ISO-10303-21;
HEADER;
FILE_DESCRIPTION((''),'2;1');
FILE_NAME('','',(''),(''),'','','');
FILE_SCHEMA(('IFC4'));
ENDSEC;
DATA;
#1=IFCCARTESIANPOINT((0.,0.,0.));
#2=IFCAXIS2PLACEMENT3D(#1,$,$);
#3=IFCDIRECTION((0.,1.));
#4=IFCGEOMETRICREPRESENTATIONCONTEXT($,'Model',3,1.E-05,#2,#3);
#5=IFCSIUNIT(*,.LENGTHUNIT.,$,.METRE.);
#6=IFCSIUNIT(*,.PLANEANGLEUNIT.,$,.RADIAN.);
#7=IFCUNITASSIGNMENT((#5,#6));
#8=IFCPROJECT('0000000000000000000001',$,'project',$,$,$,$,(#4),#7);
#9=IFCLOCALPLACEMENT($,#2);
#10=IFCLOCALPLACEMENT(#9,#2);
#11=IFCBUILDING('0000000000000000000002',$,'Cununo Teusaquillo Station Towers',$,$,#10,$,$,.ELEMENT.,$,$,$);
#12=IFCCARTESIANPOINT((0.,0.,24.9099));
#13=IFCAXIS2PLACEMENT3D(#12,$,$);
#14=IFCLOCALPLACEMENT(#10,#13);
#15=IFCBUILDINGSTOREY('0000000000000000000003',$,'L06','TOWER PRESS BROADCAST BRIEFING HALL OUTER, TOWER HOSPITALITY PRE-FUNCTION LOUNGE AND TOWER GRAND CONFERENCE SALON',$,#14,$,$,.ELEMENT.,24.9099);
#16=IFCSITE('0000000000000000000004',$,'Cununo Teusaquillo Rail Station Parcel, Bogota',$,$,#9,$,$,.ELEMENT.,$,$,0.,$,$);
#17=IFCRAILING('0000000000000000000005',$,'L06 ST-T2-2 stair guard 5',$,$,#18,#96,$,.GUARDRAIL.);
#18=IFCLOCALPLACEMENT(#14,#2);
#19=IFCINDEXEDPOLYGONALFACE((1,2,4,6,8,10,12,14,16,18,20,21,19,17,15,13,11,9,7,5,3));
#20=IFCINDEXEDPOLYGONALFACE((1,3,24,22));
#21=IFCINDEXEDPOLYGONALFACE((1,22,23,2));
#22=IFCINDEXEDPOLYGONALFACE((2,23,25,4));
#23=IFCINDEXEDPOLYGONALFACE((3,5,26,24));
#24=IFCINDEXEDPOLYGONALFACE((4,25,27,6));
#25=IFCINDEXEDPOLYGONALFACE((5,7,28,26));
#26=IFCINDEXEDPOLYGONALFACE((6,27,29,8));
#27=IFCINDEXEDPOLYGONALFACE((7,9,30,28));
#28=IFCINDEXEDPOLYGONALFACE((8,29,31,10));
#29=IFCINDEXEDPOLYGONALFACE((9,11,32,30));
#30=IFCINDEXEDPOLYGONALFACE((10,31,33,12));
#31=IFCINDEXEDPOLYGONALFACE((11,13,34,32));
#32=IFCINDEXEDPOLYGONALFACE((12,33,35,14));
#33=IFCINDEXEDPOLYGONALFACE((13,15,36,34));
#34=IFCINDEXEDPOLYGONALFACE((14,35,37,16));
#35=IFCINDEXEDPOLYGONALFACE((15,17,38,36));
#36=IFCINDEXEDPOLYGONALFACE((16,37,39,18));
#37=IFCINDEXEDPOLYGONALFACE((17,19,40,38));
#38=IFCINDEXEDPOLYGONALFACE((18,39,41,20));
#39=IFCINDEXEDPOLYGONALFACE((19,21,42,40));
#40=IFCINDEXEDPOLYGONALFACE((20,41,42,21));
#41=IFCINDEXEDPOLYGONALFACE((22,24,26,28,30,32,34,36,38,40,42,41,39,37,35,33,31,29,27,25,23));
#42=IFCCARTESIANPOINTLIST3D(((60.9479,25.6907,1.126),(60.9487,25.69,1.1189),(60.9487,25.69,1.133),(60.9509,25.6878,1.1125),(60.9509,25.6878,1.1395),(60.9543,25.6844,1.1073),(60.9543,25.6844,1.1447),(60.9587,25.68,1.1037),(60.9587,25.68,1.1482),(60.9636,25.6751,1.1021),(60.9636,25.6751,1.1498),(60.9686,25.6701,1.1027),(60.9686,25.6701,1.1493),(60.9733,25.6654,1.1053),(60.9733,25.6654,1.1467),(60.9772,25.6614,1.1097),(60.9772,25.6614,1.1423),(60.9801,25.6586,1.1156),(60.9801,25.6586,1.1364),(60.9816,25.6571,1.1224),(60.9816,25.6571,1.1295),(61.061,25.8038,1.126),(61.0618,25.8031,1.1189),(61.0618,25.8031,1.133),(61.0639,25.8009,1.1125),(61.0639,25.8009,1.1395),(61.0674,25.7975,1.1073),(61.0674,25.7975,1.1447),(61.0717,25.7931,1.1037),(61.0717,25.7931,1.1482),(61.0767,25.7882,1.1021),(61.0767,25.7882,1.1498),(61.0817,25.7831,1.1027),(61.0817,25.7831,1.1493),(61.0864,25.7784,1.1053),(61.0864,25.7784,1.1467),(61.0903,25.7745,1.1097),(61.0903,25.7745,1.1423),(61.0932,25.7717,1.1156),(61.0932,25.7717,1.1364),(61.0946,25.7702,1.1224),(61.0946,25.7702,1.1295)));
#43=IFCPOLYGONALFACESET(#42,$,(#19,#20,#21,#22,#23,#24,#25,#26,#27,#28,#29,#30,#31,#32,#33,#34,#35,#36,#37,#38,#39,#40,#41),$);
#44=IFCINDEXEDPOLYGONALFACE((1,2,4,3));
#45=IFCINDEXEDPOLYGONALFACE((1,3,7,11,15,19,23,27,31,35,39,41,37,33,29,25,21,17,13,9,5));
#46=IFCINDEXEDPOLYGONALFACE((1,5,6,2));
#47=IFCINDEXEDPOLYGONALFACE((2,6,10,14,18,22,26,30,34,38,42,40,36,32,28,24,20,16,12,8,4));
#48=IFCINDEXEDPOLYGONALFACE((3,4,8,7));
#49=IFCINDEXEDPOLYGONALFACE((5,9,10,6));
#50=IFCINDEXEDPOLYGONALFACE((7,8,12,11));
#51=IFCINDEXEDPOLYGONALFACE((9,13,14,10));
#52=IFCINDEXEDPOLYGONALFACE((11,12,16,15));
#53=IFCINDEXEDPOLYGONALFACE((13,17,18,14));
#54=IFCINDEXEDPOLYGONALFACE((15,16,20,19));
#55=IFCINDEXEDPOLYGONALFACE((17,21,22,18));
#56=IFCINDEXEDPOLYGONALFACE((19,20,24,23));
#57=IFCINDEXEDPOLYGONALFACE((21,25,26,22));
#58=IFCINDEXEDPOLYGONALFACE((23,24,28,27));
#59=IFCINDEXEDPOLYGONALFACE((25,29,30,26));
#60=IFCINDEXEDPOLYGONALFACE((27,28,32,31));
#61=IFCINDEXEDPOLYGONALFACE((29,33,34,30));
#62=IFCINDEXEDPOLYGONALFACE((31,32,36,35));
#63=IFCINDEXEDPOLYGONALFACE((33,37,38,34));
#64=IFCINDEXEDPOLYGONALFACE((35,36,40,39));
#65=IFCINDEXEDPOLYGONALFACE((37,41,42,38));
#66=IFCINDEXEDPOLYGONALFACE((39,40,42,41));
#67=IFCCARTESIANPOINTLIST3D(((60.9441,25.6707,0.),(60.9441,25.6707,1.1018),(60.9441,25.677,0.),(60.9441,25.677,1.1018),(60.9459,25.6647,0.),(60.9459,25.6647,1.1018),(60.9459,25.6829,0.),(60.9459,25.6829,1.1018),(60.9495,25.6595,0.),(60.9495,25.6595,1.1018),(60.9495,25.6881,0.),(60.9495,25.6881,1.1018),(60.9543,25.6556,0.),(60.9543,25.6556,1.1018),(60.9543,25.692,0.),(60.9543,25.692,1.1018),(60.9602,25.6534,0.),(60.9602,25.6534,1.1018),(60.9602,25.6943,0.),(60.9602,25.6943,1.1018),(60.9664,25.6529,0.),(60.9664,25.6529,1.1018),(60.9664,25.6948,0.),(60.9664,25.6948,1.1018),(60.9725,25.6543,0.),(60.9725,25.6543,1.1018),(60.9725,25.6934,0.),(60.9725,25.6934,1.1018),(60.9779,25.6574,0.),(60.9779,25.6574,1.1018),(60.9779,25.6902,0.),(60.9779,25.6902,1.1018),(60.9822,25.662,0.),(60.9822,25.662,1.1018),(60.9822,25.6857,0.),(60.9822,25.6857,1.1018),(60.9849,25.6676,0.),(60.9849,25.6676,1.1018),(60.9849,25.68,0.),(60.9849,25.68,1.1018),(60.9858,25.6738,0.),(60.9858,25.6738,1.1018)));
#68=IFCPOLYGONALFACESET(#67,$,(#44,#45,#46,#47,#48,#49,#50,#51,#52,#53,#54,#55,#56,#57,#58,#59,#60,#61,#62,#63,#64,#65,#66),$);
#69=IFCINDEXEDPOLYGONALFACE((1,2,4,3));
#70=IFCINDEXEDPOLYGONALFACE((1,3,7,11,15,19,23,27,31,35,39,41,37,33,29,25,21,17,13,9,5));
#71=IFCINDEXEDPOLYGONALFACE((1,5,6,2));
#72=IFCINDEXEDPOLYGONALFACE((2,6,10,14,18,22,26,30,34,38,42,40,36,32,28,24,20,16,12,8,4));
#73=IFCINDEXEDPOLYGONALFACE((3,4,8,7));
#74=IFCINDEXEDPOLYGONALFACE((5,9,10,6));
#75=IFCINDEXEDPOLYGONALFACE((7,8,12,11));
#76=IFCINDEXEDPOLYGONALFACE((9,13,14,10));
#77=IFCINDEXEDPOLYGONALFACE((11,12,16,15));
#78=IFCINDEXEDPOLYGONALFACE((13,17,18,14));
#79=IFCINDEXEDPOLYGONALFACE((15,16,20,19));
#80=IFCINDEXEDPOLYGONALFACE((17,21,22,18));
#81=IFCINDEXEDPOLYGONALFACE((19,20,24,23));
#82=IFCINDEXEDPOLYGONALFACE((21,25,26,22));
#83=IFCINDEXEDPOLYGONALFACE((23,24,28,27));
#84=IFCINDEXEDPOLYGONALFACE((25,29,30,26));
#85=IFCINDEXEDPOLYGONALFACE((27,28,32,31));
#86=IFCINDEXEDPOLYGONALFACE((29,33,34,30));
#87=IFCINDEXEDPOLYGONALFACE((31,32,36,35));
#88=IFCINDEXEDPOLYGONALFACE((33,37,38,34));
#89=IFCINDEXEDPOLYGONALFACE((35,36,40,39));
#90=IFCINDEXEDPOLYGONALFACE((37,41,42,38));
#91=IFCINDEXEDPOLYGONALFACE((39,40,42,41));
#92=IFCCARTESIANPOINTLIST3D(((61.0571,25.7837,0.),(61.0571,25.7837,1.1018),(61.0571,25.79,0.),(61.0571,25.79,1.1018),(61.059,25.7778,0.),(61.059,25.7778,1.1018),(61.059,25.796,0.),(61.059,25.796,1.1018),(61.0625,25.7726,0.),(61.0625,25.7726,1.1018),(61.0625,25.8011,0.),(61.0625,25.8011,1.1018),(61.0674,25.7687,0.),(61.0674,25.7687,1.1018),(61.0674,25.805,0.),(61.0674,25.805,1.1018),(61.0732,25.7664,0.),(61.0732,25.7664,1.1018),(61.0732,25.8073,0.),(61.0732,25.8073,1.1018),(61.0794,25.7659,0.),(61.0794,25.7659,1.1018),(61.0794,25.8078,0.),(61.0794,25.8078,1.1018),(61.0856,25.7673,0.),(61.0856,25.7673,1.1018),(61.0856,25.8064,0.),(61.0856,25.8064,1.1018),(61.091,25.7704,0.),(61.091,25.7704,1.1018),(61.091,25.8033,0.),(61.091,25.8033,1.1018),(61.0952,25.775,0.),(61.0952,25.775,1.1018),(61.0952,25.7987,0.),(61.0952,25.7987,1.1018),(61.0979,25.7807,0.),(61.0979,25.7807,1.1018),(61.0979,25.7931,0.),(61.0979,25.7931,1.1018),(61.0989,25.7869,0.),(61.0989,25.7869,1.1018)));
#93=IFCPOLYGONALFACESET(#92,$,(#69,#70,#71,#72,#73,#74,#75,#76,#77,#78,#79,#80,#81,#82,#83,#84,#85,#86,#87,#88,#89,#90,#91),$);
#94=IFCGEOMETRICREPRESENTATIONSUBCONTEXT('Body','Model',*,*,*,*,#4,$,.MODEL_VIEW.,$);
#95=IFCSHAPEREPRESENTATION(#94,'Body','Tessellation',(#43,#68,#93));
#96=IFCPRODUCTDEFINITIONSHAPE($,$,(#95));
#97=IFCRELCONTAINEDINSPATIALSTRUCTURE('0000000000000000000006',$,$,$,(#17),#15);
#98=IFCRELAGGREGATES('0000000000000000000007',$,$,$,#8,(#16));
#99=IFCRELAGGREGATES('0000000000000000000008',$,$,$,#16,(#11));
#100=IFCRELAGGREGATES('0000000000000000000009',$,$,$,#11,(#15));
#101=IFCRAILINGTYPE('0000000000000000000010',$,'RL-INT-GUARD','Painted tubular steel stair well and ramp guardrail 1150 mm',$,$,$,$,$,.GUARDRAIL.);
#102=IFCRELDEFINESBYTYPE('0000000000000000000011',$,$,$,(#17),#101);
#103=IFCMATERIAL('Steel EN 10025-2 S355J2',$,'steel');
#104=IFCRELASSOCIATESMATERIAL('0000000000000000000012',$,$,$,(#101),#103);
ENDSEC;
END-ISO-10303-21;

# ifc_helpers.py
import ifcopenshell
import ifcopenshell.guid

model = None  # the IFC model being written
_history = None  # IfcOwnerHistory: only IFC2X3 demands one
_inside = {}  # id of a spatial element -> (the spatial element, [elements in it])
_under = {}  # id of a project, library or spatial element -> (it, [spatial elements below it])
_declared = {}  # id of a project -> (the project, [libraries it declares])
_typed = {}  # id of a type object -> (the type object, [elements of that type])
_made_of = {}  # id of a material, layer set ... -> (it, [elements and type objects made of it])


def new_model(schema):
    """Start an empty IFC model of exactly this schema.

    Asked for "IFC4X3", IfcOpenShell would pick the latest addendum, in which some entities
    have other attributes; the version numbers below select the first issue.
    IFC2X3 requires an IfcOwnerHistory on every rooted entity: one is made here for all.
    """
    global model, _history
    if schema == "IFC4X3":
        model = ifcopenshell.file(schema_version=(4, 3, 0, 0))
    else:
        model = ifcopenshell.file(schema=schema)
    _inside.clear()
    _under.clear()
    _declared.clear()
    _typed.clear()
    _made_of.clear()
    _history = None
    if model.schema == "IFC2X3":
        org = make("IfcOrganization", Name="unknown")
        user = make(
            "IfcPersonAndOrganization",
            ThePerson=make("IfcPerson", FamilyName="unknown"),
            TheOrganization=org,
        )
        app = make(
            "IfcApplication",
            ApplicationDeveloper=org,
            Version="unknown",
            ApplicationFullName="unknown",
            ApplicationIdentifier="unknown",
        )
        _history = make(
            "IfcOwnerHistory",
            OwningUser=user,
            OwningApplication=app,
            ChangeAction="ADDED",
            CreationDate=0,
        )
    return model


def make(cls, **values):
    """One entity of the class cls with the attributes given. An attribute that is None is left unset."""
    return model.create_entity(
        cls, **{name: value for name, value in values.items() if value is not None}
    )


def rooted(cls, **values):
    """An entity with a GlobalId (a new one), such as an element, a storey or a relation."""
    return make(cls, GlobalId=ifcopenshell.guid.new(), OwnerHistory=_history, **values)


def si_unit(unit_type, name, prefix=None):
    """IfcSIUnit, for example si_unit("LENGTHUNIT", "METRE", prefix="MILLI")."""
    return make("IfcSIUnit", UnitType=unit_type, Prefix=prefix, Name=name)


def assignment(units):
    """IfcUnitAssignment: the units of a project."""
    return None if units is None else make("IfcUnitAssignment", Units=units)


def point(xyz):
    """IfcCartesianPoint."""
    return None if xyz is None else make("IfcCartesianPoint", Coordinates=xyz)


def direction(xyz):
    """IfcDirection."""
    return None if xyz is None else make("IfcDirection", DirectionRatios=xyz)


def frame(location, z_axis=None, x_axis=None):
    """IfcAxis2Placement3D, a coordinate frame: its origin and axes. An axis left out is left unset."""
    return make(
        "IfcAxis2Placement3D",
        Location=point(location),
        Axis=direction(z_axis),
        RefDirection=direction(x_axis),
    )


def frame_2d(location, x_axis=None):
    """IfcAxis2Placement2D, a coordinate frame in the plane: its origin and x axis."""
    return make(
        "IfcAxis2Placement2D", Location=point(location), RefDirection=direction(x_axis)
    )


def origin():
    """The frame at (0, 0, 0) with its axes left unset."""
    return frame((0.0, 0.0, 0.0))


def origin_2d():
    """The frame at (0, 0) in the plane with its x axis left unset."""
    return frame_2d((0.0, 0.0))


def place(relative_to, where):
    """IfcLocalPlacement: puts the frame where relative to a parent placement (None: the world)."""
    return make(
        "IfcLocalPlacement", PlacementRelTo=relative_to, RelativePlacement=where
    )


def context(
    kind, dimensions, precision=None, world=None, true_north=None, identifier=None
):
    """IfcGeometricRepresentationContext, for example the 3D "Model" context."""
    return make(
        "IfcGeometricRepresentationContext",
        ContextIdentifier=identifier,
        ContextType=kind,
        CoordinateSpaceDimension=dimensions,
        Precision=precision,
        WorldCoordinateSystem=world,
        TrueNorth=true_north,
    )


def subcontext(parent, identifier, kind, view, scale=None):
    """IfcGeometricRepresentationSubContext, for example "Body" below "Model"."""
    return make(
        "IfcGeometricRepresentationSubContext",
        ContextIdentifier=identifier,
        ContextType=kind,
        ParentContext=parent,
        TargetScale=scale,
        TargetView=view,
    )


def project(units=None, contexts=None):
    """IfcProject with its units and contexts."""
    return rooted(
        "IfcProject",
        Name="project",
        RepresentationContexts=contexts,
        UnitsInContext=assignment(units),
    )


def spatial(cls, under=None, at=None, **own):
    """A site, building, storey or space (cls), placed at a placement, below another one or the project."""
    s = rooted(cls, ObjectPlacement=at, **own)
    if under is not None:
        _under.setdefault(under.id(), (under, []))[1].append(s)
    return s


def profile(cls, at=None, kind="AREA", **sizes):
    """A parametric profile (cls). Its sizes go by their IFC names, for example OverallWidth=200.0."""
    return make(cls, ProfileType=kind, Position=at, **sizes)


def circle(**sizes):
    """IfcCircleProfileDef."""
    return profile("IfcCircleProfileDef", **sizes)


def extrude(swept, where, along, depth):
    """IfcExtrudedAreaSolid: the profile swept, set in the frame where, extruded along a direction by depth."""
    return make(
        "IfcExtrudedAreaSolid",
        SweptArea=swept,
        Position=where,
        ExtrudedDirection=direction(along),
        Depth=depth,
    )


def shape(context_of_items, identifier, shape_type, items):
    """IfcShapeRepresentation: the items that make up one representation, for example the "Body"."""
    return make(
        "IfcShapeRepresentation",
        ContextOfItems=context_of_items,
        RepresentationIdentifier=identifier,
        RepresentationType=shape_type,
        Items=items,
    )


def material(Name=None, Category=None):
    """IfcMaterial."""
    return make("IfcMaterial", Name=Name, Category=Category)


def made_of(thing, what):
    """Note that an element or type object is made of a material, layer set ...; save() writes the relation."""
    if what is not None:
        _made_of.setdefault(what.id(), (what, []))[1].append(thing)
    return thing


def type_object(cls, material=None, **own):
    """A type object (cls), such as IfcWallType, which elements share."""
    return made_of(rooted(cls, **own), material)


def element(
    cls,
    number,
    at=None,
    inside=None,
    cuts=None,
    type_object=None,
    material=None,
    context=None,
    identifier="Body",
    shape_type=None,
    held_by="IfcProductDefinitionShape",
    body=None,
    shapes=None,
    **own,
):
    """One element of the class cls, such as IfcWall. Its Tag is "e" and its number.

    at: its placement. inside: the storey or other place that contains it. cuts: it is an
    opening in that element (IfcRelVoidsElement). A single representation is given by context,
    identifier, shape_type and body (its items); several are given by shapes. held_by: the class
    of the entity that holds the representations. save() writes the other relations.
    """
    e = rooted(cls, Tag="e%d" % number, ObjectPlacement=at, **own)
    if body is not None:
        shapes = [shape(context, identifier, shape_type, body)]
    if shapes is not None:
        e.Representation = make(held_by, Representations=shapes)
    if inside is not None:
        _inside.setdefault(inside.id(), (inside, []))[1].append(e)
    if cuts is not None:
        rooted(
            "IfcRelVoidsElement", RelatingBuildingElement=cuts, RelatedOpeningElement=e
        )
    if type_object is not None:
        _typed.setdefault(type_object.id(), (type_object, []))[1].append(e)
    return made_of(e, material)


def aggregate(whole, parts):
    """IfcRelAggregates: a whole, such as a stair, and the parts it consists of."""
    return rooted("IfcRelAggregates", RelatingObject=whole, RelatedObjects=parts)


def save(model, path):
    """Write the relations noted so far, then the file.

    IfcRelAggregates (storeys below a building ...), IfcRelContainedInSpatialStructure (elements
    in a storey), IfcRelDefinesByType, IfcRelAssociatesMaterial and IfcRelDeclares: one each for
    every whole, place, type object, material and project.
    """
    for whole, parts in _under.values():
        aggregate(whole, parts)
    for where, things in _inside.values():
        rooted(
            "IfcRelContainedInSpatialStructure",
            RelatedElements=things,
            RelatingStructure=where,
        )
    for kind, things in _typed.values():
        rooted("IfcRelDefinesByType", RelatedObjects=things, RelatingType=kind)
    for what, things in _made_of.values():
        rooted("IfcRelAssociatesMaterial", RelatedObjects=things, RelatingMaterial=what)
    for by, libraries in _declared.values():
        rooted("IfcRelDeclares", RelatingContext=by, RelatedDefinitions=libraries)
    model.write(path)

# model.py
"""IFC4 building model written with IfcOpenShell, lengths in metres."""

from ifc_helpers import new_model, si_unit, direction, frame, origin, origin_2d, place, context, subcontext, project, spatial, circle, extrude, material, type_object, element, save


model = new_model("IFC4")

# Units and contexts
model_context = context("Model", 3, precision=1e-05, world=origin(), true_north=direction((0.0, 1.0)))
body_context = subcontext(model_context, "Body", "Model", "MODEL_VIEW")
ifc_project = project(units=[si_unit("LENGTHUNIT", "METRE"), si_unit("PLANEANGLEUNIT", "RADIAN")], contexts=[model_context])

# Site, building, storey
site_placement = place(None, origin())
site = spatial("IfcSite", under=ifc_project, at=site_placement, Name="Cununo Teusaquillo Rail Station Parcel, Bogota", CompositionType="ELEMENT", RefElevation=0.0)
building_placement = place(site_placement, origin())
building = spatial("IfcBuilding", under=site, at=building_placement, Name="Cununo Teusaquillo Station Towers", CompositionType="ELEMENT")
storey_placement = place(building_placement, frame((0.0, 0.0, 24.9099)))
storey = spatial("IfcBuildingStorey", under=building, at=storey_placement, Name="L06", Description="TOWER PRESS BROADCAST BRIEFING HALL OUTER, TOWER HOSPITALITY PRE-FUNCTION LOUNGE AND TOWER GRAND CONFERENCE SALON", CompositionType="ELEMENT", Elevation=24.9099)

# Railing
ifc_material_1 = material(Name="Steel EN 10025-2 S355J2", Category="steel")
railing_type_1 = type_object("IfcRailingType", Name="RL-INT-GUARD", Description="Painted tubular steel stair well and ramp guardrail 1150 mm", PredefinedType="GUARDRAIL", material=ifc_material_1)
railing_1_placement = place(storey_placement, frame((60.9648, 25.6738, 0.0)))
element("IfcRailing", 1, at=railing_1_placement, inside=storey, type_object=railing_type_1, Name="L06 ST-T2-2 stair guard 5", PredefinedType="GUARDRAIL", context=body_context, shape_type="SweptSolid", body=[
    extrude(circle(Radius=0.0239, at=origin_2d()), frame((0.0, 0.0, 1.126), z_axis=(0.707107, 0.707107, 0.0), x_axis=(-0.707107, 0.707107, 0.0)), (0.0, 0.0, 1.0), 0.1599),
    extrude(circle(Radius=0.021, at=origin_2d()), origin(), (0.0, 0.0, 1.0), 1.1018),
    extrude(circle(Radius=0.021, at=origin_2d()), frame((0.113, 0.113, 0.0)), (0.0, 0.0, 1.0), 1.1018),
])

save(model, "model.ifc")
